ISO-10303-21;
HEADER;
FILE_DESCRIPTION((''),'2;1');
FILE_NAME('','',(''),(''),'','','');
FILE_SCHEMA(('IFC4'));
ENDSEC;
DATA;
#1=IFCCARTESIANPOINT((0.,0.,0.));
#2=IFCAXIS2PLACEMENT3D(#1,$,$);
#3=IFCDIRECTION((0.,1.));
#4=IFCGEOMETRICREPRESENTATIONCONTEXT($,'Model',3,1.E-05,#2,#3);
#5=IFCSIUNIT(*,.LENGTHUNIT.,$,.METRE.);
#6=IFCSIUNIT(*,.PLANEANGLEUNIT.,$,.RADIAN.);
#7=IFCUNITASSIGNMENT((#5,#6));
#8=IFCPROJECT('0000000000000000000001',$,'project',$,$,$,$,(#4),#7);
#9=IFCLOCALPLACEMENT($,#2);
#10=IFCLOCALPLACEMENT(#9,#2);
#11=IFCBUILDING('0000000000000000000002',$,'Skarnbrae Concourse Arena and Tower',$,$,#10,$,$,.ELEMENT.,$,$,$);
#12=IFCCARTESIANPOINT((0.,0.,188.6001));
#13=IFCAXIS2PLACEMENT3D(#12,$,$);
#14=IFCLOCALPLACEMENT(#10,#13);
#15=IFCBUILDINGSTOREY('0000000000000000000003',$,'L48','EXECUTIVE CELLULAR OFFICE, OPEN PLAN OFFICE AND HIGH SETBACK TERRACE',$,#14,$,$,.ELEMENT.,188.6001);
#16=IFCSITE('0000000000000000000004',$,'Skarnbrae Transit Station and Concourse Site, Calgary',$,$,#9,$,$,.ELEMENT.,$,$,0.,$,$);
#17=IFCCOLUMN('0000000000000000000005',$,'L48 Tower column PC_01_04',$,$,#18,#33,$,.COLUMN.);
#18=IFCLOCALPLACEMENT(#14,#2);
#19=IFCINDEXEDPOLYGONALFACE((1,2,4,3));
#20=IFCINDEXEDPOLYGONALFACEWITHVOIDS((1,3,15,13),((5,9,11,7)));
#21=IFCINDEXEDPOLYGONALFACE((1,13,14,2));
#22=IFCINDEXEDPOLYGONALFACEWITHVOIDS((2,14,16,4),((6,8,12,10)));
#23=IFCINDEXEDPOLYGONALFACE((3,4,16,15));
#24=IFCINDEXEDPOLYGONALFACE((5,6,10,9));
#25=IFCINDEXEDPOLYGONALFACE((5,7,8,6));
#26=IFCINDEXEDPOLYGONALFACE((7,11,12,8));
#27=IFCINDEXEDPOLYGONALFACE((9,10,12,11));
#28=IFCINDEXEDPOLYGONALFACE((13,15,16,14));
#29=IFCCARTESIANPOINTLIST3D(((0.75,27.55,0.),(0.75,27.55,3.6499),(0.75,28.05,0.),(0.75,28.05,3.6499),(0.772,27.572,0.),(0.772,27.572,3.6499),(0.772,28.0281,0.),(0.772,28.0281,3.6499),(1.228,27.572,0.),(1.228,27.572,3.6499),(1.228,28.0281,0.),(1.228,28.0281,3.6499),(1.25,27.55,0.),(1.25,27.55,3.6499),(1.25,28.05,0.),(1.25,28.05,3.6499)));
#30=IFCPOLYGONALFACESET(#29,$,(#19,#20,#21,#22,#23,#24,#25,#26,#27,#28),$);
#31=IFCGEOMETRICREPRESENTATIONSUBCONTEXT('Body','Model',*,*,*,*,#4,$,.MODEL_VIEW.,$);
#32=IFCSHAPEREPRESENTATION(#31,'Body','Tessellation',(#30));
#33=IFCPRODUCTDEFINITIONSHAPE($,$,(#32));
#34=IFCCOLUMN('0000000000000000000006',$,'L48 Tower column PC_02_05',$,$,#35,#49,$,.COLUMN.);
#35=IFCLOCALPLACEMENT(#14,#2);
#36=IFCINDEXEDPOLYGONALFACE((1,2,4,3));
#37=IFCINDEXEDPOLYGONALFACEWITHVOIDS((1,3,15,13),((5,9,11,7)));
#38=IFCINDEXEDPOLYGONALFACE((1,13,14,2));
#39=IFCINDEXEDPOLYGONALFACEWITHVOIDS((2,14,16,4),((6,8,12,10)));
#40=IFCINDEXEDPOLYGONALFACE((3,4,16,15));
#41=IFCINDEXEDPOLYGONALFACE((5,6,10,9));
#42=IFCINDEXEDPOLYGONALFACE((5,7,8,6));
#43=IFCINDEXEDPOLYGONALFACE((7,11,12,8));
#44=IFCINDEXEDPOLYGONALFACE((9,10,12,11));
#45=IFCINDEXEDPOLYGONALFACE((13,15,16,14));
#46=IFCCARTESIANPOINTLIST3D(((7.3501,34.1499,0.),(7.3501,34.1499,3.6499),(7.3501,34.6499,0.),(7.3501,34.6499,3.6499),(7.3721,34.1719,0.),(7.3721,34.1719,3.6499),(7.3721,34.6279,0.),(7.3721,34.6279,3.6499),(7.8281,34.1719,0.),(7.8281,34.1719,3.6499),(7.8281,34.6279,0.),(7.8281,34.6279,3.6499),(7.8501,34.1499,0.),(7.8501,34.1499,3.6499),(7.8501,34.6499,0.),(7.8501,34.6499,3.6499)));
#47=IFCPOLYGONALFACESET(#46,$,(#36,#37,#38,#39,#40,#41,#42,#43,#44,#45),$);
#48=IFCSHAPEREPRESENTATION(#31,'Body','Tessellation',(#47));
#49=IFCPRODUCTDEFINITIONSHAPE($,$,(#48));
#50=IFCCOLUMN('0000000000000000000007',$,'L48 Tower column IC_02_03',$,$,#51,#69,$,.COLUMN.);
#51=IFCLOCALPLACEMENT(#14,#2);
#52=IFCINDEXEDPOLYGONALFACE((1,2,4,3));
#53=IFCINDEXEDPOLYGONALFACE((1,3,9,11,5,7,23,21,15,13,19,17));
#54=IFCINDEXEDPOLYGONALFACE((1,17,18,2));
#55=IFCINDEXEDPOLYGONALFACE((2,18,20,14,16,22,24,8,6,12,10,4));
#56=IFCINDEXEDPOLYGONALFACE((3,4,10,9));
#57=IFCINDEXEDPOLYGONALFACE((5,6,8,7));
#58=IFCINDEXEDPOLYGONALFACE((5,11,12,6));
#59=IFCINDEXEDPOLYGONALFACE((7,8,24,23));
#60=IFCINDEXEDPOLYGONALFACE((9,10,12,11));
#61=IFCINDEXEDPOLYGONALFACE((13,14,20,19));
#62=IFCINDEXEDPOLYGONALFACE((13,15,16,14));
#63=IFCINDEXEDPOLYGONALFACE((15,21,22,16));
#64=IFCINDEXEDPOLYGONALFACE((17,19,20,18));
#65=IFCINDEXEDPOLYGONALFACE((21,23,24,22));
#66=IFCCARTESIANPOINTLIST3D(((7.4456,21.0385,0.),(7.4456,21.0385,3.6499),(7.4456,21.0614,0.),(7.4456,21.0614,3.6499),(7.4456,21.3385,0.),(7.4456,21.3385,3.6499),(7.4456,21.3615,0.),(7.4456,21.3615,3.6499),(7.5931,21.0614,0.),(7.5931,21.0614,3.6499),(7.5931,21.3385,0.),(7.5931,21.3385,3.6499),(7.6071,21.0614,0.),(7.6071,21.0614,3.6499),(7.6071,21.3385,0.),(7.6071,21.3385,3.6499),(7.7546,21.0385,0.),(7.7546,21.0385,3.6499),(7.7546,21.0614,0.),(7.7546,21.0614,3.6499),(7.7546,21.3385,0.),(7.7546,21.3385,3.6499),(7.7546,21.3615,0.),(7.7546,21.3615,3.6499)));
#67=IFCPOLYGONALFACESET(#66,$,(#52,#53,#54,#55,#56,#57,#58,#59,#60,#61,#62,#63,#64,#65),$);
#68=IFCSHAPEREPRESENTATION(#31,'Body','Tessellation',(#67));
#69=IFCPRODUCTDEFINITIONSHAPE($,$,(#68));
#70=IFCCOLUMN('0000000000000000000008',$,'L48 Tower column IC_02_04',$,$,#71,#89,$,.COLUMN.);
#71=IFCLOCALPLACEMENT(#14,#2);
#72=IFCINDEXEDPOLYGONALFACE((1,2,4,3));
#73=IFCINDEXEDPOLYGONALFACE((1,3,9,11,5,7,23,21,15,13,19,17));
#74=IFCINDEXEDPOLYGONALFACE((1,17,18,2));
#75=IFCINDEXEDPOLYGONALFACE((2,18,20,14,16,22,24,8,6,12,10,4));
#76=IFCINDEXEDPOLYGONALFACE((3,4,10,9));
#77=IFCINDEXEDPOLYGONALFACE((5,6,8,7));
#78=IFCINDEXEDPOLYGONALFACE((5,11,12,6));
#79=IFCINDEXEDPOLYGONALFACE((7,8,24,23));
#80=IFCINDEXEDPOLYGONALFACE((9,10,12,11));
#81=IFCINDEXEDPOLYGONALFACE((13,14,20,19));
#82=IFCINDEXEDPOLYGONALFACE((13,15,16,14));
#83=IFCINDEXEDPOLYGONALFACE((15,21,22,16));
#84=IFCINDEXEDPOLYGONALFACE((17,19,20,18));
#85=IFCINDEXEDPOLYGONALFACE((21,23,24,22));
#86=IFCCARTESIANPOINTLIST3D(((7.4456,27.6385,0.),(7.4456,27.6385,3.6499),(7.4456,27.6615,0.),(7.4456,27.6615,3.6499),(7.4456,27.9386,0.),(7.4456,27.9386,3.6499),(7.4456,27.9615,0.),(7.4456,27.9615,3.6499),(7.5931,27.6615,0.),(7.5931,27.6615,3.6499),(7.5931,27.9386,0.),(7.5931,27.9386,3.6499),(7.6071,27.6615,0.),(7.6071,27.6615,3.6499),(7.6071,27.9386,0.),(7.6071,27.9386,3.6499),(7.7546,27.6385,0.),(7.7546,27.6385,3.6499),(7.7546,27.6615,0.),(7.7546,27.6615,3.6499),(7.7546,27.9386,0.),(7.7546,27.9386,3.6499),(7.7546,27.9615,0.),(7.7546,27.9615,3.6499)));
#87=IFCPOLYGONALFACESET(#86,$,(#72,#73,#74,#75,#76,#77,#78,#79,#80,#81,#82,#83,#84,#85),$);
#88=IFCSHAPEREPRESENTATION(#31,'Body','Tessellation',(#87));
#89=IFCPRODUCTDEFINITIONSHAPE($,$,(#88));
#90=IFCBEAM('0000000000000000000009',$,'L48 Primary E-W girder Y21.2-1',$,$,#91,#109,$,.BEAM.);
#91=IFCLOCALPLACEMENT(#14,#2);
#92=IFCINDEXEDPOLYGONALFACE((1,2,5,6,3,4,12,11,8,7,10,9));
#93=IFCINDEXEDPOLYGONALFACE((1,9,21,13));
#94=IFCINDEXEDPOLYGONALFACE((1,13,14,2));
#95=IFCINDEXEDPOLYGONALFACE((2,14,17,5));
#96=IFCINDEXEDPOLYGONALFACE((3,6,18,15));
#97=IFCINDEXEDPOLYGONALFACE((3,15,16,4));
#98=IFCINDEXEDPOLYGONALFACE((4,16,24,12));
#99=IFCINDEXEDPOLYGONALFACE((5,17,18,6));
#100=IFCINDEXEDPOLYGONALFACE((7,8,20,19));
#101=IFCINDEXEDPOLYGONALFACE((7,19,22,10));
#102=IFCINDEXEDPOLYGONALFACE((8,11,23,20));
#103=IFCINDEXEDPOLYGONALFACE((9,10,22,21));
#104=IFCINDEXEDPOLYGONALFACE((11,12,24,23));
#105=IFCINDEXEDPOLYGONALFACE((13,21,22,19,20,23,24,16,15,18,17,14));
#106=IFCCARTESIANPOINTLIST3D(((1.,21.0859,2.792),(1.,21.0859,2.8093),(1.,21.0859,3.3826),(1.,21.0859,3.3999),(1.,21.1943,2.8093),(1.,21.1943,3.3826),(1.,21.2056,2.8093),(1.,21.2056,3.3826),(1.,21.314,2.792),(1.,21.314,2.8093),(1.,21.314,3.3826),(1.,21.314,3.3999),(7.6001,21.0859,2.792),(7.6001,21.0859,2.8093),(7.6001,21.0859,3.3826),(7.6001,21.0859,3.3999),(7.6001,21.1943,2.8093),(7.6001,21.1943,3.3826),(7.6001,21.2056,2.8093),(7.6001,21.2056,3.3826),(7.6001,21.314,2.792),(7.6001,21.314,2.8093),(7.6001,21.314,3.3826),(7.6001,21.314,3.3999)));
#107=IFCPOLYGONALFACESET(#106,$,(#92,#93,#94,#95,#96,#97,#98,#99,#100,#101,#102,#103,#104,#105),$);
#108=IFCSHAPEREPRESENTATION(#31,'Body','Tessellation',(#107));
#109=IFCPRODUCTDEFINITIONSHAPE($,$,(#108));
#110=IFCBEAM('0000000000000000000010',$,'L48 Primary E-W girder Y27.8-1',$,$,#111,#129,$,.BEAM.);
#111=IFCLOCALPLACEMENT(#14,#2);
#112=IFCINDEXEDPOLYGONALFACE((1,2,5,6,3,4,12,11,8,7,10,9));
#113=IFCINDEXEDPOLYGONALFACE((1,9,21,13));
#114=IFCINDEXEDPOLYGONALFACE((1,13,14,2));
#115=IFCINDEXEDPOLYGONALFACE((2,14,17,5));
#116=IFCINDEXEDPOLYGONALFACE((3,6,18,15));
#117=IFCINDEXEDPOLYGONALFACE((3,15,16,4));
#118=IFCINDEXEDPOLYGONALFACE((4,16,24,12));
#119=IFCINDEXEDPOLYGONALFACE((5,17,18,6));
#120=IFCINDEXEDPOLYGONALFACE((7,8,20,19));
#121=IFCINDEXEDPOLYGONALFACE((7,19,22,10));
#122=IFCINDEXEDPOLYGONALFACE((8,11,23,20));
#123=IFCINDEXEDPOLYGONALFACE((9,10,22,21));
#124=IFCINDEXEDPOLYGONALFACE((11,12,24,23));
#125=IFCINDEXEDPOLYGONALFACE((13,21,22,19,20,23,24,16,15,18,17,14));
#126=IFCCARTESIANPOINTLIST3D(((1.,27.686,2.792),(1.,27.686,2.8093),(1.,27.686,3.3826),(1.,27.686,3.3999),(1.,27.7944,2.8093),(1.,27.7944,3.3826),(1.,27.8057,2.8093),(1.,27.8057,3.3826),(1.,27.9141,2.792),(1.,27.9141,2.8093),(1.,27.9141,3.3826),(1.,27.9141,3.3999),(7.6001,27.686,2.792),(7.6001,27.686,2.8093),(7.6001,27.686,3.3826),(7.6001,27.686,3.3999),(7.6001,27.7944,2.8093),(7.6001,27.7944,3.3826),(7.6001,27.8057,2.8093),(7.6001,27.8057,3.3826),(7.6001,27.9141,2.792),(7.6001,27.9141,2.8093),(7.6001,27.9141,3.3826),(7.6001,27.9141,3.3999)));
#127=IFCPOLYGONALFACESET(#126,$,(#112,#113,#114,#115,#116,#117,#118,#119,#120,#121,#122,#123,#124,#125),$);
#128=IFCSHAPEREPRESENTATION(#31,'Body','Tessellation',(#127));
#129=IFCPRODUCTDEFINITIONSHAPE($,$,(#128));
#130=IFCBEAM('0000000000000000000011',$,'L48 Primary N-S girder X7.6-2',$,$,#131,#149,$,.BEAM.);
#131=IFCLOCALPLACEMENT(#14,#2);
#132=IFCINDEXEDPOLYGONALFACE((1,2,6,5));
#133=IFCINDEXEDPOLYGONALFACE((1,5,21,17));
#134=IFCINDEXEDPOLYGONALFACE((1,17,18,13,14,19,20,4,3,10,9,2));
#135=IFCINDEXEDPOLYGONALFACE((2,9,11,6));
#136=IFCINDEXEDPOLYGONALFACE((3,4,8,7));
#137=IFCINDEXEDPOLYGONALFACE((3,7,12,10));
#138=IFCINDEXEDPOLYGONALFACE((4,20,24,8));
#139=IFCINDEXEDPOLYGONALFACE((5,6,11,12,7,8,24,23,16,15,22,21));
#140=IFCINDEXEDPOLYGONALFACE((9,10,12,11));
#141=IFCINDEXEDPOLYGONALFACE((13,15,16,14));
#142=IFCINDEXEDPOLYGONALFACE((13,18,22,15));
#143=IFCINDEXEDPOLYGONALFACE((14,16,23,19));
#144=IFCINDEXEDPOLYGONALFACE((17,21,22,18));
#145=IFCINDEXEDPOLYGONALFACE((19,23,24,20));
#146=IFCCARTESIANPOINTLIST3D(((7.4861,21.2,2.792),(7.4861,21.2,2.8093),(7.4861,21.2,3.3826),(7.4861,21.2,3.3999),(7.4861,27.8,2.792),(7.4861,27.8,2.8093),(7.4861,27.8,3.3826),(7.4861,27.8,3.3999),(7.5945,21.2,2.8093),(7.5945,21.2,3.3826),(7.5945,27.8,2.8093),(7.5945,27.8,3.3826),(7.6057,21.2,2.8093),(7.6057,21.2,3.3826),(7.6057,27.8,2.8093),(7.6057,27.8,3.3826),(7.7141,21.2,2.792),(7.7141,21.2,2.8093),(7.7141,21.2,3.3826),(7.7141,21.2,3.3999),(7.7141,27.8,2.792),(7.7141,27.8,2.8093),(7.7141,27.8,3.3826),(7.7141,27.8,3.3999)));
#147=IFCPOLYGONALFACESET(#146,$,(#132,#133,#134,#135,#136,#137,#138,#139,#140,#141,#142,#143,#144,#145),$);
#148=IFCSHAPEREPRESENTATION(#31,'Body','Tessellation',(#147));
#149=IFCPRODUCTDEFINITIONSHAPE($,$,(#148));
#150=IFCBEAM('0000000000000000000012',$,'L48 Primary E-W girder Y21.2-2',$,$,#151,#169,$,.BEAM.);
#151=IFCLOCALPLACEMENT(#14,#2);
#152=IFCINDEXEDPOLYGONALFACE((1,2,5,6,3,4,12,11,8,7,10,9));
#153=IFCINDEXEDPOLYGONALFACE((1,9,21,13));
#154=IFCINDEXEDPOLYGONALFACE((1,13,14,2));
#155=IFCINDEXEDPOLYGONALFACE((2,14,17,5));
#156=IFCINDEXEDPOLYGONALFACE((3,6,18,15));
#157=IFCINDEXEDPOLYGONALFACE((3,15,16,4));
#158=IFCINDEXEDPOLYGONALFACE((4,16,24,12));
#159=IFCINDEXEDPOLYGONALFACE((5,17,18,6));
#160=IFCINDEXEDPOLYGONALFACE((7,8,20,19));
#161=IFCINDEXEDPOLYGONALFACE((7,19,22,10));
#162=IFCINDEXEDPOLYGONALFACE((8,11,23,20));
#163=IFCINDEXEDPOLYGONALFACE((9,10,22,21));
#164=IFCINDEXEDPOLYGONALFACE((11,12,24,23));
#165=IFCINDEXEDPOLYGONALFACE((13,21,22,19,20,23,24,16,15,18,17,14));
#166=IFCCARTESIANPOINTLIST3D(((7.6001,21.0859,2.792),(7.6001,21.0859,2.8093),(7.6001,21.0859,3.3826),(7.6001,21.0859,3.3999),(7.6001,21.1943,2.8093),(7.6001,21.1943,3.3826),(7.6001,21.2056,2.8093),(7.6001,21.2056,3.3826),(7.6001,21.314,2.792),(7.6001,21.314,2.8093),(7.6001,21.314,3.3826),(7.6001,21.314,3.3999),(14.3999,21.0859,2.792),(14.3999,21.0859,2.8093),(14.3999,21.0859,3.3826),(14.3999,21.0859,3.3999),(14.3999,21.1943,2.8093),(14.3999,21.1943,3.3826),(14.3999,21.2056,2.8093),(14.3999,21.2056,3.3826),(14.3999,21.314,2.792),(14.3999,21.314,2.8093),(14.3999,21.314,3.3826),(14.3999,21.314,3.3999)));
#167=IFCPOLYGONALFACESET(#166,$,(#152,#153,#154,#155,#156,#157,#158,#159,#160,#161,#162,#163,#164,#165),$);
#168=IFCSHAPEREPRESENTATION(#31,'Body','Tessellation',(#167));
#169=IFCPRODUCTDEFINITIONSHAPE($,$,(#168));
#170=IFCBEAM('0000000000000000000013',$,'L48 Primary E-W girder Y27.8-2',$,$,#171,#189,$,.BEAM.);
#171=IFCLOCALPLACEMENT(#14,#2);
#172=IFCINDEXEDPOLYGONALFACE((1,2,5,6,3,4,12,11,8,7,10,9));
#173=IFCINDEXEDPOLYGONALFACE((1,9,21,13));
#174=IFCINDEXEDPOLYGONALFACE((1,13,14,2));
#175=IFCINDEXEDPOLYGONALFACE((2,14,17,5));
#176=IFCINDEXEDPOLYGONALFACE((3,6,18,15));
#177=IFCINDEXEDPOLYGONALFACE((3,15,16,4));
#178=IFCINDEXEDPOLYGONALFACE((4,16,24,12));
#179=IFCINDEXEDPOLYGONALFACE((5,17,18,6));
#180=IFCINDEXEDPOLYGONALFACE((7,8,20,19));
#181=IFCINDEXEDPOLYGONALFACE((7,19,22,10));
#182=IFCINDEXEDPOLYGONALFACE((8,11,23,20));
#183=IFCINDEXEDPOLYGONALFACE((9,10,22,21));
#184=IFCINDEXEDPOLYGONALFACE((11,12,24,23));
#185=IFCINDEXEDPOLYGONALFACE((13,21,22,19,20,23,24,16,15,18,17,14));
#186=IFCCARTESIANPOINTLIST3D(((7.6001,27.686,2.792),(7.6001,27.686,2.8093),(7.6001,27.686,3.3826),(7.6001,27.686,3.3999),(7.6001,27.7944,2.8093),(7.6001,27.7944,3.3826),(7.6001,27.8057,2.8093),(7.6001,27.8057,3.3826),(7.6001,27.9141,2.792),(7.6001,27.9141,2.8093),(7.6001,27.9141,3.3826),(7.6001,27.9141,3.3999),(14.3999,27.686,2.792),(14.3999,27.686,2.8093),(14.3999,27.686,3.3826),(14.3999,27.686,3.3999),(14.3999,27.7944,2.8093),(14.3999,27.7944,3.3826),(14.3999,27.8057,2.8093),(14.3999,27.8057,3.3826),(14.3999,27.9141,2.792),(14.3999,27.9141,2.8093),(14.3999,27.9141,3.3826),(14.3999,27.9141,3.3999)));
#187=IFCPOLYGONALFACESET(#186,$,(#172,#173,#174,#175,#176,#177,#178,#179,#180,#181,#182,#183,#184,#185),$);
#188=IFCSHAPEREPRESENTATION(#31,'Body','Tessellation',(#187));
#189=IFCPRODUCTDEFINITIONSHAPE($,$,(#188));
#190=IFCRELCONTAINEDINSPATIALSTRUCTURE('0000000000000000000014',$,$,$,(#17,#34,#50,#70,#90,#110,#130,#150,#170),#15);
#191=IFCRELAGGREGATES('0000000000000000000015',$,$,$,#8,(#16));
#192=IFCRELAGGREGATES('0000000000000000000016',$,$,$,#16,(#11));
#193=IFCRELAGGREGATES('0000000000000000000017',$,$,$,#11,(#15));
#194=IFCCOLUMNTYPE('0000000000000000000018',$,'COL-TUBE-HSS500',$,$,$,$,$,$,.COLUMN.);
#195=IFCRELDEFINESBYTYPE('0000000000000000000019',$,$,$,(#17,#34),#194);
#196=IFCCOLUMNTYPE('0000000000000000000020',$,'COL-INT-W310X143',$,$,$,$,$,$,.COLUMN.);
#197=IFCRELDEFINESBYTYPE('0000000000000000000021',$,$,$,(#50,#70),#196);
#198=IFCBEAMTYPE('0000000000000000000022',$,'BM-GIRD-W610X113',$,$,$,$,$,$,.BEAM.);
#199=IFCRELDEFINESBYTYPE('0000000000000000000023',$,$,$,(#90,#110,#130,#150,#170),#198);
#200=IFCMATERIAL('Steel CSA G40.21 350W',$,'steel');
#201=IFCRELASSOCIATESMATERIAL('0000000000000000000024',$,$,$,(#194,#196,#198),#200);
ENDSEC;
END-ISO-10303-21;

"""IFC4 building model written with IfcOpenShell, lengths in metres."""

from ifc_helpers import new_model, si_unit, direction, frame, origin, origin_2d, place, context, subcontext, project, spatial, hollow_rectangle, i_section, extrude, source, transform, mapped, material, material_profile, profile_set, type_object, element, save


model = new_model("IFC4")

# Units and contexts
model_context = context("Model", 3, precision=1e-05, world=origin(), true_north=direction((0.0, 1.0)))
body_context = subcontext(model_context, "Body", "Model", "MODEL_VIEW")
ifc_project = project(units=[si_unit("LENGTHUNIT", "METRE"), si_unit("PLANEANGLEUNIT", "RADIAN")], contexts=[model_context])

# Site, building, storey
site_placement = place(None, origin())
site = spatial("IfcSite", under=ifc_project, at=site_placement, Name="Skarnbrae Transit Station and Concourse Site, Calgary", CompositionType="ELEMENT", RefElevation=0.0)
building_placement = place(site_placement, origin())
building = spatial("IfcBuilding", under=site, at=building_placement, Name="Skarnbrae Concourse Arena and Tower", CompositionType="ELEMENT")
storey_placement = place(building_placement, frame((0.0, 0.0, 188.6001)))
storey = spatial("IfcBuildingStorey", under=building, at=storey_placement, Name="L48", Description="EXECUTIVE CELLULAR OFFICE, OPEN PLAN OFFICE AND HIGH SETBACK TERRACE", CompositionType="ELEMENT", Elevation=188.6001)

# Columns
ifc_material_1 = material(Name="Steel CSA G40.21 350W", Category="steel")
ifc_material_profile_1 = material_profile(ifc_material_1, hollow_rectangle(XDim=0.5, YDim=0.5, WallThickness=0.022, at=origin_2d()), Name="HSS500X500X22.0")
ifc_profile_set_1 = profile_set([ifc_material_profile_1], Name="Steel CSA G40.21 350W")
column_type_1 = type_object("IfcColumnType", Name="COL-TUBE-HSS500", PredefinedType="COLUMN", material=ifc_profile_set_1)
shared_shape_1 = source(origin(), body_context, "Body", "SweptSolid", [
    extrude(hollow_rectangle(XDim=0.5, YDim=0.5, WallThickness=0.022, at=origin_2d()), origin(), (0.0, 0.0, 1.0), 3.6499),
])
for number, where, z_axis, x_axis, name in (
    (1, (1.0, 27.8, 0.0), (0.0, 0.0, 1.0), (1.0, 0.0, 0.0), "L48 Tower column PC_01_04"),
    (2, (7.6001, 34.3999, 0.0), (0.0, 0.0, 1.0), (1.0, 0.0, 0.0), "L48 Tower column PC_02_05"),
):
    element("IfcColumn", number, at=place(storey_placement, frame(where, z_axis=z_axis, x_axis=x_axis)), inside=storey, type_object=column_type_1, Name=name, PredefinedType="COLUMN", context=body_context, shape_type="MappedRepresentation", body=[
        mapped(shared_shape_1, transform((0.0, 0.0, 0.0))),
    ])
ifc_material_profile_2 = material_profile(ifc_material_1, i_section(OverallWidth=0.3091, OverallDepth=0.323, WebThickness=0.0139, FlangeThickness=0.0229, at=origin_2d()), Name="W310X143")
ifc_profile_set_2 = profile_set([ifc_material_profile_2], Name="Steel CSA G40.21 350W")
column_type_2 = type_object("IfcColumnType", Name="COL-INT-W310X143", PredefinedType="COLUMN", material=ifc_profile_set_2)
shared_shape_2 = source(origin(), body_context, "Body", "SweptSolid", [
    extrude(i_section(OverallWidth=0.3091, OverallDepth=0.323, WebThickness=0.0139, FlangeThickness=0.0229, at=origin_2d()), origin(), (0.0, 0.0, 1.0), 3.6499),
])
for number, where, z_axis, x_axis, name in (
    (3, (7.6001, 21.2, 0.0), (0.0, 0.0, 1.0), (1.0, 0.0, 0.0), "L48 Tower column IC_02_03"),
    (4, (7.6001, 27.8, 0.0), (0.0, 0.0, 1.0), (1.0, 0.0, 0.0), "L48 Tower column IC_02_04"),
):
    element("IfcColumn", number, at=place(storey_placement, frame(where, z_axis=z_axis, x_axis=x_axis)), inside=storey, type_object=column_type_2, Name=name, PredefinedType="COLUMN", context=body_context, shape_type="MappedRepresentation", body=[
        mapped(shared_shape_2, transform((0.0, 0.0, 0.0))),
    ])

# Beams
ifc_material_profile_3 = material_profile(ifc_material_1, i_section(OverallWidth=0.228, OverallDepth=0.6079, WebThickness=0.0112, FlangeThickness=0.0173, at=origin_2d()), Name="W610X113")
ifc_profile_set_3 = profile_set([ifc_material_profile_3], Name="Steel CSA G40.21 350W")
beam_type_1 = type_object("IfcBeamType", Name="BM-GIRD-W610X113", PredefinedType="BEAM", material=ifc_profile_set_3)
shared_shape_3 = source(origin(), body_context, "Body", "SweptSolid", [
    extrude(i_section(OverallWidth=0.228, OverallDepth=0.6079, WebThickness=0.0112, FlangeThickness=0.0173, at=origin_2d()), origin(), (0.0, 0.0, 1.0), 6.6001),
])
for number, where, z_axis, x_axis, name in (
    (5, (1.0, 21.2, 3.0959), (1.0, 0.0, 0.0), (0.0, 1.0, 0.0), "L48 Primary E-W girder Y21.2-1"),
    (6, (1.0, 27.8, 3.0959), (1.0, 0.0, 0.0), (0.0, 1.0, 0.0), "L48 Primary E-W girder Y27.8-1"),
    (7, (7.6001, 21.2, 3.0959), (0.0, 1.0, 0.0), (-1.0, 0.0, 0.0), "L48 Primary N-S girder X7.6-2"),
):
    element("IfcBeam", number, at=place(storey_placement, frame(where, z_axis=z_axis, x_axis=x_axis)), inside=storey, type_object=beam_type_1, Name=name, PredefinedType="BEAM", context=body_context, shape_type="MappedRepresentation", body=[
        mapped(shared_shape_3, transform((0.0, 0.0, 0.0))),
    ])
shared_shape_4 = source(origin(), body_context, "Body", "SweptSolid", [
    extrude(i_section(OverallWidth=0.228, OverallDepth=0.6079, WebThickness=0.0112, FlangeThickness=0.0173, at=origin_2d()), origin(), (0.0, 0.0, 1.0), 6.7998),
])
for number, where, z_axis, x_axis, name in (
    (8, (7.6001, 21.2, 3.0959), (1.0, 0.0, 0.0), (0.0, 1.0, 0.0), "L48 Primary E-W girder Y21.2-2"),
    (9, (7.6001, 27.8, 3.0959), (1.0, 0.0, 0.0), (0.0, 1.0, 0.0), "L48 Primary E-W girder Y27.8-2"),
):
    element("IfcBeam", number, at=place(storey_placement, frame(where, z_axis=z_axis, x_axis=x_axis)), inside=storey, type_object=beam_type_1, Name=name, PredefinedType="BEAM", context=body_context, shape_type="MappedRepresentation", body=[
        mapped(shared_shape_4, transform((0.0, 0.0, 0.0))),
    ])

save(model, "model.ifc")
